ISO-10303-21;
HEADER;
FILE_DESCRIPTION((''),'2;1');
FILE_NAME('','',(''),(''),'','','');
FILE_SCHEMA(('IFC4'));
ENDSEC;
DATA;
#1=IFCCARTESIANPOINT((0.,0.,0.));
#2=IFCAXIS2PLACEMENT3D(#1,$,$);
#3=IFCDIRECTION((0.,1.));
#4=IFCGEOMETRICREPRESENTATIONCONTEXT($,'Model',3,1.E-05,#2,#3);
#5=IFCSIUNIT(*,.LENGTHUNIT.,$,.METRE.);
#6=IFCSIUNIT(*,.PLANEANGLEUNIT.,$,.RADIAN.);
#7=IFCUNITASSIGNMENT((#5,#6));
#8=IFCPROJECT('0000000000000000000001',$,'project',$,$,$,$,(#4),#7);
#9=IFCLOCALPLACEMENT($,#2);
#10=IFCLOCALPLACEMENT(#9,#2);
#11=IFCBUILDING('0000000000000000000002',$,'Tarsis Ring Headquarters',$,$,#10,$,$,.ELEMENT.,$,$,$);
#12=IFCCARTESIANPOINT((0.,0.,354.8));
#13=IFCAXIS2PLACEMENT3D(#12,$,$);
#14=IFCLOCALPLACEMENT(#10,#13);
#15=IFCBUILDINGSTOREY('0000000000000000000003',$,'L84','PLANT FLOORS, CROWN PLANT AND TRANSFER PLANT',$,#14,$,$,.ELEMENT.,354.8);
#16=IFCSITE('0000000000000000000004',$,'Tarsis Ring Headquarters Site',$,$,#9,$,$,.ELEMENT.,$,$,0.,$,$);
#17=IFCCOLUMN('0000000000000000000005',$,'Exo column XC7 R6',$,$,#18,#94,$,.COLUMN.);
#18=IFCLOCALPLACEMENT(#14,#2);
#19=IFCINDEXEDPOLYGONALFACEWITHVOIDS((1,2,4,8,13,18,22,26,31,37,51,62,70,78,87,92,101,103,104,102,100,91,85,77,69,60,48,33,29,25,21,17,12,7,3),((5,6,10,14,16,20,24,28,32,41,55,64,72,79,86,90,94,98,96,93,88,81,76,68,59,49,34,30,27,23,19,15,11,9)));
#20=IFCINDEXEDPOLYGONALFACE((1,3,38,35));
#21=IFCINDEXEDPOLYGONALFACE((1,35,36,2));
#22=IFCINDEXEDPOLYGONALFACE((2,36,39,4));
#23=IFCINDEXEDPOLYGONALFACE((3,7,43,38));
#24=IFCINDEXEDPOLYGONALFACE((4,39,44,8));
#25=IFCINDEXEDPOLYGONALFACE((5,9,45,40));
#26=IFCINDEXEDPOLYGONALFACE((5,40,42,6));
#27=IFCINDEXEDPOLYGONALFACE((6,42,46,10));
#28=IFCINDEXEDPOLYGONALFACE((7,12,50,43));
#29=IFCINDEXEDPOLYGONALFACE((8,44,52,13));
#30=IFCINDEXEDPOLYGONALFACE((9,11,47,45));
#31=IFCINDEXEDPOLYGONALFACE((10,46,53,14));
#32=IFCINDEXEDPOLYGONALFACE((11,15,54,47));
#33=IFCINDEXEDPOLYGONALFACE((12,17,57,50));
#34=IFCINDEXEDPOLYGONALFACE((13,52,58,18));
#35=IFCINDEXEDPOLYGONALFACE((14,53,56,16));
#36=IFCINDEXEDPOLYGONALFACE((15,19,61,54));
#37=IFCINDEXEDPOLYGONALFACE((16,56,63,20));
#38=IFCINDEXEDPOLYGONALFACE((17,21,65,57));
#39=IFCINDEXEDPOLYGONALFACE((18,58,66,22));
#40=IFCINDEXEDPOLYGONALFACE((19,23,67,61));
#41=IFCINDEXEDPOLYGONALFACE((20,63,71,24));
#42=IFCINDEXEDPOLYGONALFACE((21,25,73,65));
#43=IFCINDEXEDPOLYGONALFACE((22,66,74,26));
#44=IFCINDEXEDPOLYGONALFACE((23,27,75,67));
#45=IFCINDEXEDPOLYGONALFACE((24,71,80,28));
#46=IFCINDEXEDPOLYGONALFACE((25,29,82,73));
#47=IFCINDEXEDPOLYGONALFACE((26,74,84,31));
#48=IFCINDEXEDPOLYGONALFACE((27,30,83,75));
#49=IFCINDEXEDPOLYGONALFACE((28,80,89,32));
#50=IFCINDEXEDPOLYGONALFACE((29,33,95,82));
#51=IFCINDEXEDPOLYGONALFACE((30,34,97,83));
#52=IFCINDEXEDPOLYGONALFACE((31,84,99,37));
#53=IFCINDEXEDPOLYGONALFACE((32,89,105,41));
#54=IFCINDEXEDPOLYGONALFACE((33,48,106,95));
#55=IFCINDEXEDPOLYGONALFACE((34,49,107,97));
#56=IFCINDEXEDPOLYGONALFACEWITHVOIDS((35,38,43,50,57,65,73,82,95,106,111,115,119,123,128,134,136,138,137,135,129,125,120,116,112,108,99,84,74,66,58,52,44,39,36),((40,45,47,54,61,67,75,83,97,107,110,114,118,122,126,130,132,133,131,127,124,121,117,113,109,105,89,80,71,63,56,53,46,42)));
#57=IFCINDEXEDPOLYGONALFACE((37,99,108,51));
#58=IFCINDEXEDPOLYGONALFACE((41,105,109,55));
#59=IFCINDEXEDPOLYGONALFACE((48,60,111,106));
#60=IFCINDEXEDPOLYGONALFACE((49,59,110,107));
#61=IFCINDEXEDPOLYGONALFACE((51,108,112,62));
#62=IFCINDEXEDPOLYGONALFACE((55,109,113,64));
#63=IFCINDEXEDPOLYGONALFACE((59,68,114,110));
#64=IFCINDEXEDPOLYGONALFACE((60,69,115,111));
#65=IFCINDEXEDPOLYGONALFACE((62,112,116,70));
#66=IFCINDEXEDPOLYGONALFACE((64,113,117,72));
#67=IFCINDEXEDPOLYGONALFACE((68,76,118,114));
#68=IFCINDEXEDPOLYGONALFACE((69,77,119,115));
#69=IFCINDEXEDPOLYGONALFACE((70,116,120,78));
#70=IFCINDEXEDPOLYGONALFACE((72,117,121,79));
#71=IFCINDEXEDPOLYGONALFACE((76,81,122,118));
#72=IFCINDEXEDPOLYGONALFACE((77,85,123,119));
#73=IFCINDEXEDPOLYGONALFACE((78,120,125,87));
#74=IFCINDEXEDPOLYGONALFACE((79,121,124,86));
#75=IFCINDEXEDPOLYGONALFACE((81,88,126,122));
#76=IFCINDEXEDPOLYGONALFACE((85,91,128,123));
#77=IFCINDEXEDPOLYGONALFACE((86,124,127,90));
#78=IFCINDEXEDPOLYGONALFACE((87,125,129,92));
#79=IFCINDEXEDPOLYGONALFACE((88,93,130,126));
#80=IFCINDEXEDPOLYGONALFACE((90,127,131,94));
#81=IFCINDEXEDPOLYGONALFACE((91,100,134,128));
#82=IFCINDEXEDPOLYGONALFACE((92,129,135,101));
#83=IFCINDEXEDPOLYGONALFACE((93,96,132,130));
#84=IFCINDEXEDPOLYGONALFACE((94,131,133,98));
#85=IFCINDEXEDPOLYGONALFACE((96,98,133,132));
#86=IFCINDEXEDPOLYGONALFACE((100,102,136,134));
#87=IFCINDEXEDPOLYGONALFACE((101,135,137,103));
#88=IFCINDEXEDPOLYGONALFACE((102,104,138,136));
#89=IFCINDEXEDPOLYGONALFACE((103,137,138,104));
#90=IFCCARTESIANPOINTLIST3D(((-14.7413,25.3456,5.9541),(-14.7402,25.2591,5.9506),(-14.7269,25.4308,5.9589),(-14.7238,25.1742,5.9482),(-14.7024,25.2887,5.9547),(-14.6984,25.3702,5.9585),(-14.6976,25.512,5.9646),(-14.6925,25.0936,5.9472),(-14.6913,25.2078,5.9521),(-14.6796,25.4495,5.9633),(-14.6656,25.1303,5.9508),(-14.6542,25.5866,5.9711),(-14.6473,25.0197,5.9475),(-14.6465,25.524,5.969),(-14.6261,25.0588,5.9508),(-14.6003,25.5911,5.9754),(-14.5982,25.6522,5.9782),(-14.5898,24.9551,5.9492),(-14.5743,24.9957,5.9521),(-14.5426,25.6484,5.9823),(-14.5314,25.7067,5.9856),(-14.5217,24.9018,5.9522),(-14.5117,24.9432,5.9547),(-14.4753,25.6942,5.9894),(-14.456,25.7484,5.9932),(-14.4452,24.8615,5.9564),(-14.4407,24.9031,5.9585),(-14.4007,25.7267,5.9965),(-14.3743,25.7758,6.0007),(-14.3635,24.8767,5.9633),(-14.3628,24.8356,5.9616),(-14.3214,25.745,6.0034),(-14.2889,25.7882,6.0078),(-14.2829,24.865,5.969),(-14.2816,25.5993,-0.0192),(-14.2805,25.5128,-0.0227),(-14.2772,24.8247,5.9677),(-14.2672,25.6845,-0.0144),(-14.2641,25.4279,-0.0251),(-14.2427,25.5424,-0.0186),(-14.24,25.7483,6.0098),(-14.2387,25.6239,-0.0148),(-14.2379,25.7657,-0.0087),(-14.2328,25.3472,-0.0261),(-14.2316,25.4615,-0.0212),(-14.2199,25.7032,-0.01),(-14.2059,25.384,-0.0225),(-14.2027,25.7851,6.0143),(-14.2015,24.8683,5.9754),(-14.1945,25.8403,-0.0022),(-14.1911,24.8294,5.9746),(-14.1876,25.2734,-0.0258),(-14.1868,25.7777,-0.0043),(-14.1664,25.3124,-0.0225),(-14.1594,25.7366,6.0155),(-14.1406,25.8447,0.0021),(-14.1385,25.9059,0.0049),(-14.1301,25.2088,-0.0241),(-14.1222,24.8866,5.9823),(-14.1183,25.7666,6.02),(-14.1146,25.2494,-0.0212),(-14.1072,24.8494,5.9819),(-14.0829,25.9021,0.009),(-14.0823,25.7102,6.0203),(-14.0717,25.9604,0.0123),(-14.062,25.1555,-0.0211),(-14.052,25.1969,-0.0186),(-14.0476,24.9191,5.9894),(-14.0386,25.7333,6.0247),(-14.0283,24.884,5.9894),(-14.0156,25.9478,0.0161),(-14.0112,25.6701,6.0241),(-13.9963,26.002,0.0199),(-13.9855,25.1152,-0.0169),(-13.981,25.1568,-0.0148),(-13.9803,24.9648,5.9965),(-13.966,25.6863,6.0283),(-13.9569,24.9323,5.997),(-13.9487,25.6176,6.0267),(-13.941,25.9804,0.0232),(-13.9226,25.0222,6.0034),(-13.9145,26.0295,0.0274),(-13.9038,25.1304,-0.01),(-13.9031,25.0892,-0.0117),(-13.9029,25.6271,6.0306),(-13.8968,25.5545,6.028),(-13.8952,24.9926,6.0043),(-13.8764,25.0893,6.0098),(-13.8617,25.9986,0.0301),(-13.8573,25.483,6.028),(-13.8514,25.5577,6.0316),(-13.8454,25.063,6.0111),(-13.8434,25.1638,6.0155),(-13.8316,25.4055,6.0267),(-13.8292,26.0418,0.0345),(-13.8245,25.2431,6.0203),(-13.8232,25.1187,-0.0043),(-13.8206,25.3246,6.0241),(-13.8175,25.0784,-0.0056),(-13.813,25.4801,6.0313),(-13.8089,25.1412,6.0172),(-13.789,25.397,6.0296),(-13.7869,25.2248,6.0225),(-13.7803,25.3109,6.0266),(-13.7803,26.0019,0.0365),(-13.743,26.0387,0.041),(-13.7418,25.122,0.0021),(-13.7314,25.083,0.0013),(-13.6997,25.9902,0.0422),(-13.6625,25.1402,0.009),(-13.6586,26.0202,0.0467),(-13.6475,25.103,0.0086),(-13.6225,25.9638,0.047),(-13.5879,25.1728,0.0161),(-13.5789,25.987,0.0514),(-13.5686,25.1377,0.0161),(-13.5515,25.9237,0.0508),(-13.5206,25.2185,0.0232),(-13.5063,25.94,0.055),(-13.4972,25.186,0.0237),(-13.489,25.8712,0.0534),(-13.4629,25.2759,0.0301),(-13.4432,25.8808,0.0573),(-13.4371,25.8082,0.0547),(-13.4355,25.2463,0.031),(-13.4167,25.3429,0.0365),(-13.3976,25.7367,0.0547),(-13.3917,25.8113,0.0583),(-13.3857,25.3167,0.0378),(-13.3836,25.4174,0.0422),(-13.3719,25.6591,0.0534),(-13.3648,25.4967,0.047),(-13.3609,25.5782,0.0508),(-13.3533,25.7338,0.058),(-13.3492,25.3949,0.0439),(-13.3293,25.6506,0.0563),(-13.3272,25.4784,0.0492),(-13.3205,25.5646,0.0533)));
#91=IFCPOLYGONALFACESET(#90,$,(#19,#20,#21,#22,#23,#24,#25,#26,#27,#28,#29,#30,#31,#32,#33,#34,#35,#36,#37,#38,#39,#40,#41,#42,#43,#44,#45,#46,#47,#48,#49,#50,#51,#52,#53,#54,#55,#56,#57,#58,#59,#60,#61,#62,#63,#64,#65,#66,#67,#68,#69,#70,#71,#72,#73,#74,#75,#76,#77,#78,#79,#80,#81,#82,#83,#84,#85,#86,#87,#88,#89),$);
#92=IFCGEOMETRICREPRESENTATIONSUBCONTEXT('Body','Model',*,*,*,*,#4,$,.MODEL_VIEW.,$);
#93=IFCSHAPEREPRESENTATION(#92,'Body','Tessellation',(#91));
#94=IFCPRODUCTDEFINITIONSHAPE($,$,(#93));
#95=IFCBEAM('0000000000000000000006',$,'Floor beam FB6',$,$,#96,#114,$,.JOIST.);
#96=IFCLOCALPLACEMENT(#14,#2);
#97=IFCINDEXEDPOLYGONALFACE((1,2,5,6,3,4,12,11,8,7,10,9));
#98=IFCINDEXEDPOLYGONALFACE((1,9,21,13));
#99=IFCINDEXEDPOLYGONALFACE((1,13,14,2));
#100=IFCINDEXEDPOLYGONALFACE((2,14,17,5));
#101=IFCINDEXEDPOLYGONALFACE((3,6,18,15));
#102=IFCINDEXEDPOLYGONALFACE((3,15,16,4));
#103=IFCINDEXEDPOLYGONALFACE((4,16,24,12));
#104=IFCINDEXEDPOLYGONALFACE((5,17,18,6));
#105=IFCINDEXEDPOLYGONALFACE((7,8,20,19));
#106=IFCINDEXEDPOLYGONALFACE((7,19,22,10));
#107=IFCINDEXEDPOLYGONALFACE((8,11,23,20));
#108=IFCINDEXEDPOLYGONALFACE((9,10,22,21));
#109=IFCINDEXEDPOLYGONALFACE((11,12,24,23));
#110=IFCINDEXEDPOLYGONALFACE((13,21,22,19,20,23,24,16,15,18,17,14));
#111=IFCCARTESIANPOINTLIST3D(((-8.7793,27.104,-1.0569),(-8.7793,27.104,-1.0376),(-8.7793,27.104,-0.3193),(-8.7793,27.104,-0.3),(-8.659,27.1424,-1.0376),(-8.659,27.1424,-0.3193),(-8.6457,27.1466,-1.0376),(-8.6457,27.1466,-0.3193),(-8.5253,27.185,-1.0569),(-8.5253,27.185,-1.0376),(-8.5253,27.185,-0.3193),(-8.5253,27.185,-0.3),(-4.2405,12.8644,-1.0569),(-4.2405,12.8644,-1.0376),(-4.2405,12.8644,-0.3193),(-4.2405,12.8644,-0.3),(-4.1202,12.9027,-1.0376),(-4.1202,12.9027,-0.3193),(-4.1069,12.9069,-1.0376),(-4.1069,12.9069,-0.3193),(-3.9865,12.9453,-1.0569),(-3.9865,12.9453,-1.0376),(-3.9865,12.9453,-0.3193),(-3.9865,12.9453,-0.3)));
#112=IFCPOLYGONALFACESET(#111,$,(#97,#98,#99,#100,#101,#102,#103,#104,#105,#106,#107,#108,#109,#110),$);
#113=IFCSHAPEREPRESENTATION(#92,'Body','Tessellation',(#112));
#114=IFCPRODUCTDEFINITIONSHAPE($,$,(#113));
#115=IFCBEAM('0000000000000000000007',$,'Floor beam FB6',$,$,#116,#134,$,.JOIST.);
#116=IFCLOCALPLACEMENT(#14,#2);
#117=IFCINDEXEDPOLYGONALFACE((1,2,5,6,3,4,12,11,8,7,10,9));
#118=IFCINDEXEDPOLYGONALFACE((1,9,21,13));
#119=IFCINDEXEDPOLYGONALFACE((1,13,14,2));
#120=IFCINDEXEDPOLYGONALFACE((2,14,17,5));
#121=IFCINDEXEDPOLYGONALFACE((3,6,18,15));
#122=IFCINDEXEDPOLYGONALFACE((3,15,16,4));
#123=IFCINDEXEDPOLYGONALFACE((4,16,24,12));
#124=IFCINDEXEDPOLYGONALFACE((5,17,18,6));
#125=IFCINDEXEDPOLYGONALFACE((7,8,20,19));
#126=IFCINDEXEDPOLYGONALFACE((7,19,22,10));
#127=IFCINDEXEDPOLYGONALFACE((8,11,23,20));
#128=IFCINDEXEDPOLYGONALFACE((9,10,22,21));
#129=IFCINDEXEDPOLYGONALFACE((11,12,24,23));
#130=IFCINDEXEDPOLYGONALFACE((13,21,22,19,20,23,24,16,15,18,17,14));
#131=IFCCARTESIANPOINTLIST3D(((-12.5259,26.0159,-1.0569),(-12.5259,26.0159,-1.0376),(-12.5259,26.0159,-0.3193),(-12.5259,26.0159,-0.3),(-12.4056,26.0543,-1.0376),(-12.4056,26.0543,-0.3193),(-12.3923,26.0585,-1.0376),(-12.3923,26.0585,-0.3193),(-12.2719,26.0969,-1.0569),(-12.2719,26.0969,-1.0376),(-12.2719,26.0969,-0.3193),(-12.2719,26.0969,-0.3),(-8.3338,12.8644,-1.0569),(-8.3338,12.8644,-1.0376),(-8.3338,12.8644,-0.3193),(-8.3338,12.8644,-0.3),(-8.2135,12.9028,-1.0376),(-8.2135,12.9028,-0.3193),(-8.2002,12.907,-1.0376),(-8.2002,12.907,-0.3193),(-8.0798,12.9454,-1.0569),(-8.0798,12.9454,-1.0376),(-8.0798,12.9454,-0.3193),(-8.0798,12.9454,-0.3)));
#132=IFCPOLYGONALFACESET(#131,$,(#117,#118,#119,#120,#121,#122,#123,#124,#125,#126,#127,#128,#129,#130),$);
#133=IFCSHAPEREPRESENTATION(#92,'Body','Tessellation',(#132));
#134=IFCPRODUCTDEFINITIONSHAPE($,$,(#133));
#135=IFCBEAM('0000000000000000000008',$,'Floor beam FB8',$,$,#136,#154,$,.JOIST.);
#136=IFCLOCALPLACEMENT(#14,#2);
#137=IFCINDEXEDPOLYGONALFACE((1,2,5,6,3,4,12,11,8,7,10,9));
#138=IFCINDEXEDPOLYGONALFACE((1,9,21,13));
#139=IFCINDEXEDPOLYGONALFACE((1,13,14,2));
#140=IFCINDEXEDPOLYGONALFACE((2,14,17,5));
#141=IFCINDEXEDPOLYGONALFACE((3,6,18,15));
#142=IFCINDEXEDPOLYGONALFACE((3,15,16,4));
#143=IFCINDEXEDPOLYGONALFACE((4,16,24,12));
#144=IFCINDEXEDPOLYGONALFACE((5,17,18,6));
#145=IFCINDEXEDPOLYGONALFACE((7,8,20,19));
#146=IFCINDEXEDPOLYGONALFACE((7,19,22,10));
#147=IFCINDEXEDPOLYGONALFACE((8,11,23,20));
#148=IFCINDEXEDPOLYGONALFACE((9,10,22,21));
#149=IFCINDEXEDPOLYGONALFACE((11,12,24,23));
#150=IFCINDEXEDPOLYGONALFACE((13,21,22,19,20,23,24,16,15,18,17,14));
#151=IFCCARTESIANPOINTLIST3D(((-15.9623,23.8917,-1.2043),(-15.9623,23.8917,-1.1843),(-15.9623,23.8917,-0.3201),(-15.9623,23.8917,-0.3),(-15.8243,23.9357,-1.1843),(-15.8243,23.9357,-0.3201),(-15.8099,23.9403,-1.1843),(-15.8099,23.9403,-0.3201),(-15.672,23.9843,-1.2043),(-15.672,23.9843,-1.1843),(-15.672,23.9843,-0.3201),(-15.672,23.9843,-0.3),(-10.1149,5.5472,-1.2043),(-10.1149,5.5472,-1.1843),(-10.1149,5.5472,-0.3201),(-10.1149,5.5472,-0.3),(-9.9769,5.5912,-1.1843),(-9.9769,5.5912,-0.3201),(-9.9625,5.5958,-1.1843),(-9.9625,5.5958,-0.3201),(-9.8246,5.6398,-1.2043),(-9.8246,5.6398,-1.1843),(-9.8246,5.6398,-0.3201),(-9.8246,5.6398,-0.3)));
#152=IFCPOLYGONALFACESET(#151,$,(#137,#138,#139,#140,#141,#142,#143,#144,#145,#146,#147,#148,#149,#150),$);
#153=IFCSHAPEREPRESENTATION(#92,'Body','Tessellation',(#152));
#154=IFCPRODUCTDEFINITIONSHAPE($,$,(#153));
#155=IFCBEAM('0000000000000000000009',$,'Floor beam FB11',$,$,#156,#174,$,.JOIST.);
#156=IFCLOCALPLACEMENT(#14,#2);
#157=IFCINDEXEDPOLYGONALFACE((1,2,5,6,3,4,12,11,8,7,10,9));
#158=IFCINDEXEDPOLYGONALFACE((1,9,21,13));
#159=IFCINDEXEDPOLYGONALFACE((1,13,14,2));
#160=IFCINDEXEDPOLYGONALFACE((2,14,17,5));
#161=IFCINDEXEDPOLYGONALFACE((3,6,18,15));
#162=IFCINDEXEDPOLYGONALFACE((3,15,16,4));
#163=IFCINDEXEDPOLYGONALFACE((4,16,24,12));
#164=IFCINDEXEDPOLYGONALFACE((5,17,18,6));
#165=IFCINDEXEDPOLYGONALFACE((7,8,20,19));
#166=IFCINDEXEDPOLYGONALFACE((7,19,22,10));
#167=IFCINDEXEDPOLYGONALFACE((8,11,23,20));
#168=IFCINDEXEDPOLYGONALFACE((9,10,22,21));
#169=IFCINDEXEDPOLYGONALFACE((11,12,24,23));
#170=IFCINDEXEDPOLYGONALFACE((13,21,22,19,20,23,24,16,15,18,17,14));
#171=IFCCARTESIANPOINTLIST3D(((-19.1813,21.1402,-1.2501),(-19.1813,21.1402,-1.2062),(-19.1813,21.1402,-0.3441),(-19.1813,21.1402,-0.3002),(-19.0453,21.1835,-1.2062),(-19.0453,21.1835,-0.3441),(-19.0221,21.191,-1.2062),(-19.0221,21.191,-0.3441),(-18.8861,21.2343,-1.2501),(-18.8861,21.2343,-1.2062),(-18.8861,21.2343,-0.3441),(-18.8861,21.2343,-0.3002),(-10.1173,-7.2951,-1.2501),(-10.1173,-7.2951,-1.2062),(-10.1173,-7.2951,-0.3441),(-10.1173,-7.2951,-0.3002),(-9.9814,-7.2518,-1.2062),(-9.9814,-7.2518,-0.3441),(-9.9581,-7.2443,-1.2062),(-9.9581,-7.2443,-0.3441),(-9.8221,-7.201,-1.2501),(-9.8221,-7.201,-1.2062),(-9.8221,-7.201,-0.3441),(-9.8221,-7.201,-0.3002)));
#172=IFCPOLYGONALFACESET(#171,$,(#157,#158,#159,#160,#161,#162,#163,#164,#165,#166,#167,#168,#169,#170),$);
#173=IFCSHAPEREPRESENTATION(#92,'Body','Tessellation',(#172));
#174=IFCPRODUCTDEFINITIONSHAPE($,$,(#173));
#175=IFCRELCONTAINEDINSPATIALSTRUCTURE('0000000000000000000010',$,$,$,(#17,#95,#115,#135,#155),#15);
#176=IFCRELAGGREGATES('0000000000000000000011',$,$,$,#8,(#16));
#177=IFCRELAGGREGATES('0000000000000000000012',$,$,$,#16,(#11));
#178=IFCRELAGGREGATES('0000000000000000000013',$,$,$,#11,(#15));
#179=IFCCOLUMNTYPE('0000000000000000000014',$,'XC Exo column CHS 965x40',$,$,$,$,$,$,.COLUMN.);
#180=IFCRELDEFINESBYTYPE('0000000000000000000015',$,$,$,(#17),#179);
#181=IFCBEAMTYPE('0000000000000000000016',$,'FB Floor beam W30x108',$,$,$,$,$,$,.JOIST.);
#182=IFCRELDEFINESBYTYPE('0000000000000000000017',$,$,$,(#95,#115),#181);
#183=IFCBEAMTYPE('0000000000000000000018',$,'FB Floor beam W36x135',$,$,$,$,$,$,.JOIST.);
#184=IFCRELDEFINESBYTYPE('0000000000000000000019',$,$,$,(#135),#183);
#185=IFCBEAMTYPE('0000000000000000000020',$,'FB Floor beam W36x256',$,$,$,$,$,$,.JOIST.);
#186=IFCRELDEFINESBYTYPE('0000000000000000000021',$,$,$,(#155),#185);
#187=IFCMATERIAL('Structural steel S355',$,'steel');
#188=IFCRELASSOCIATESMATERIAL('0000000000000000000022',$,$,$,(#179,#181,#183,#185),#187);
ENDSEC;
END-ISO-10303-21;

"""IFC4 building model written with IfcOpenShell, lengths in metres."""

from ifc_helpers import new_model, si_unit, direction, frame, origin, origin_2d, place, context, subcontext, project, spatial, hollow_circle, i_section, extrude, material, material_profile, profile_set, type_object, element, save


model = new_model("IFC4")

# Units and contexts
model_context = context("Model", 3, precision=1e-05, world=origin(), true_north=direction((0.0, 1.0)))
body_context = subcontext(model_context, "Body", "Model", "MODEL_VIEW")
ifc_project = project(units=[si_unit("LENGTHUNIT", "METRE"), si_unit("PLANEANGLEUNIT", "RADIAN")], contexts=[model_context])

# Site, building, storey
site_placement = place(None, origin())
site = spatial("IfcSite", under=ifc_project, at=site_placement, Name="Tarsis Ring Headquarters Site", CompositionType="ELEMENT", RefElevation=0.0)
building_placement = place(site_placement, origin())
building = spatial("IfcBuilding", under=site, at=building_placement, Name="Tarsis Ring Headquarters", CompositionType="ELEMENT")
storey_placement = place(building_placement, frame((0.0, 0.0, 354.8)))
storey = spatial("IfcBuildingStorey", under=building, at=storey_placement, Name="L84", Description="PLANT FLOORS, CROWN PLANT AND TRANSFER PLANT", CompositionType="ELEMENT", Elevation=354.8)

# Column
ifc_material_1 = material(Name="Structural steel S355", Category="steel")
ifc_material_profile_1 = material_profile(ifc_material_1, hollow_circle(Radius=0.4827, WallThickness=0.04, at=origin_2d()), Name="CHS 965x40")
ifc_profile_set_1 = profile_set([ifc_material_profile_1], Name="Structural steel S355")
column_type = type_object("IfcColumnType", Name="XC Exo column CHS 965x40", PredefinedType="COLUMN", material=ifc_profile_set_1)
column_placement = place(storey_placement, frame((-13.8018, 25.5603, 0.0161), z_axis=(-0.076665, -0.042302, 0.996159), x_axis=(0.483114, -0.875557, 0.0)))
element("IfcColumn", 1, at=column_placement, inside=storey, type_object=column_type, Name="Exo column XC7 R6", PredefinedType="COLUMN", context=body_context, shape_type="SweptSolid", body=[
    extrude(hollow_circle(Radius=0.4827, WallThickness=0.04, at=origin_2d()), origin(), (0.0, 0.0, 1.0), 5.9963),
])

# Beams
ifc_material_profile_2 = material_profile(ifc_material_1, i_section(OverallWidth=0.2666, OverallDepth=0.7568, WebThickness=0.0139, FlangeThickness=0.0193, at=origin_2d()), Name="W30x108")
ifc_profile_set_2 = profile_set([ifc_material_profile_2], Name="Structural steel S355")
beam_type_1 = type_object("IfcBeamType", Name="FB Floor beam W30x108", PredefinedType="JOIST", material=ifc_profile_set_2)
beam_1_placement = place(storey_placement, frame((-8.6523, 27.1445, -0.6785), z_axis=(0.303689, -0.952771, 0.0), x_axis=(0.952771, 0.303689, 0.0)))
element("IfcBeam", 2, at=beam_1_placement, inside=storey, type_object=beam_type_1, Name="Floor beam FB6", PredefinedType="JOIST", context=body_context, shape_type="SweptSolid", body=[
    extrude(i_section(OverallWidth=0.2666, OverallDepth=0.7568, WebThickness=0.0139, FlangeThickness=0.0193, at=origin_2d()), origin(), (0.0, 0.0, 1.0), 14.9456),
])
beam_2_placement = place(storey_placement, frame((-12.3989, 26.0564, -0.6785), z_axis=(0.303699, -0.952768, 0.0), x_axis=(0.952768, 0.303699, 0.0)))
element("IfcBeam", 3, at=beam_2_placement, inside=storey, type_object=beam_type_1, Name="Floor beam FB6", PredefinedType="JOIST", context=body_context, shape_type="SweptSolid", body=[
    extrude(i_section(OverallWidth=0.2666, OverallDepth=0.7568, WebThickness=0.0139, FlangeThickness=0.0193, at=origin_2d()), origin(), (0.0, 0.0, 1.0), 13.8035),
])
ifc_material_profile_3 = material_profile(ifc_material_1, i_section(OverallWidth=0.3047, OverallDepth=0.9043, WebThickness=0.0151, FlangeThickness=0.02, at=origin_2d()), Name="W36x135")
ifc_profile_set_3 = profile_set([ifc_material_profile_3], Name="Structural steel S355")
beam_type_2 = type_object("IfcBeamType", Name="FB Floor beam W36x135", PredefinedType="JOIST", material=ifc_profile_set_3)
beam_3_placement = place(storey_placement, frame((-15.8171, 23.938, -0.7522), z_axis=(0.3037, -0.952768, 0.0), x_axis=(0.952768, 0.3037, 0.0)))
element("IfcBeam", 4, at=beam_3_placement, inside=storey, type_object=beam_type_2, Name="Floor beam FB8", PredefinedType="JOIST", context=body_context, shape_type="SweptSolid", body=[
    extrude(i_section(OverallWidth=0.3047, OverallDepth=0.9043, WebThickness=0.0151, FlangeThickness=0.02, at=origin_2d()), origin(), (0.0, 0.0, 1.0), 19.2539),
])
ifc_material_profile_4 = material_profile(ifc_material_1, i_section(OverallWidth=0.3098, OverallDepth=0.95, WebThickness=0.0244, FlangeThickness=0.0439, at=origin_2d()), Name="W36x256")
ifc_profile_set_4 = profile_set([ifc_material_profile_4], Name="Structural steel S355")
beam_type_3 = type_object("IfcBeamType", Name="FB Floor beam W36x256", PredefinedType="JOIST", material=ifc_profile_set_4)
beam_4_placement = place(storey_placement, frame((-19.0337, 21.1873, -0.7751), z_axis=(0.303702, -0.952767, 0.0), x_axis=(0.952767, 0.303702, 0.0)))
element("IfcBeam", 5, at=beam_4_placement, inside=storey, type_object=beam_type_3, Name="Floor beam FB11", PredefinedType="JOIST", context=body_context, shape_type="SweptSolid", body=[
    extrude(i_section(OverallWidth=0.3098, OverallDepth=0.95, WebThickness=0.0244, FlangeThickness=0.0439, at=origin_2d()), origin(), (0.0, 0.0, 1.0), 29.845),
])

save(model, "model.ifc")
